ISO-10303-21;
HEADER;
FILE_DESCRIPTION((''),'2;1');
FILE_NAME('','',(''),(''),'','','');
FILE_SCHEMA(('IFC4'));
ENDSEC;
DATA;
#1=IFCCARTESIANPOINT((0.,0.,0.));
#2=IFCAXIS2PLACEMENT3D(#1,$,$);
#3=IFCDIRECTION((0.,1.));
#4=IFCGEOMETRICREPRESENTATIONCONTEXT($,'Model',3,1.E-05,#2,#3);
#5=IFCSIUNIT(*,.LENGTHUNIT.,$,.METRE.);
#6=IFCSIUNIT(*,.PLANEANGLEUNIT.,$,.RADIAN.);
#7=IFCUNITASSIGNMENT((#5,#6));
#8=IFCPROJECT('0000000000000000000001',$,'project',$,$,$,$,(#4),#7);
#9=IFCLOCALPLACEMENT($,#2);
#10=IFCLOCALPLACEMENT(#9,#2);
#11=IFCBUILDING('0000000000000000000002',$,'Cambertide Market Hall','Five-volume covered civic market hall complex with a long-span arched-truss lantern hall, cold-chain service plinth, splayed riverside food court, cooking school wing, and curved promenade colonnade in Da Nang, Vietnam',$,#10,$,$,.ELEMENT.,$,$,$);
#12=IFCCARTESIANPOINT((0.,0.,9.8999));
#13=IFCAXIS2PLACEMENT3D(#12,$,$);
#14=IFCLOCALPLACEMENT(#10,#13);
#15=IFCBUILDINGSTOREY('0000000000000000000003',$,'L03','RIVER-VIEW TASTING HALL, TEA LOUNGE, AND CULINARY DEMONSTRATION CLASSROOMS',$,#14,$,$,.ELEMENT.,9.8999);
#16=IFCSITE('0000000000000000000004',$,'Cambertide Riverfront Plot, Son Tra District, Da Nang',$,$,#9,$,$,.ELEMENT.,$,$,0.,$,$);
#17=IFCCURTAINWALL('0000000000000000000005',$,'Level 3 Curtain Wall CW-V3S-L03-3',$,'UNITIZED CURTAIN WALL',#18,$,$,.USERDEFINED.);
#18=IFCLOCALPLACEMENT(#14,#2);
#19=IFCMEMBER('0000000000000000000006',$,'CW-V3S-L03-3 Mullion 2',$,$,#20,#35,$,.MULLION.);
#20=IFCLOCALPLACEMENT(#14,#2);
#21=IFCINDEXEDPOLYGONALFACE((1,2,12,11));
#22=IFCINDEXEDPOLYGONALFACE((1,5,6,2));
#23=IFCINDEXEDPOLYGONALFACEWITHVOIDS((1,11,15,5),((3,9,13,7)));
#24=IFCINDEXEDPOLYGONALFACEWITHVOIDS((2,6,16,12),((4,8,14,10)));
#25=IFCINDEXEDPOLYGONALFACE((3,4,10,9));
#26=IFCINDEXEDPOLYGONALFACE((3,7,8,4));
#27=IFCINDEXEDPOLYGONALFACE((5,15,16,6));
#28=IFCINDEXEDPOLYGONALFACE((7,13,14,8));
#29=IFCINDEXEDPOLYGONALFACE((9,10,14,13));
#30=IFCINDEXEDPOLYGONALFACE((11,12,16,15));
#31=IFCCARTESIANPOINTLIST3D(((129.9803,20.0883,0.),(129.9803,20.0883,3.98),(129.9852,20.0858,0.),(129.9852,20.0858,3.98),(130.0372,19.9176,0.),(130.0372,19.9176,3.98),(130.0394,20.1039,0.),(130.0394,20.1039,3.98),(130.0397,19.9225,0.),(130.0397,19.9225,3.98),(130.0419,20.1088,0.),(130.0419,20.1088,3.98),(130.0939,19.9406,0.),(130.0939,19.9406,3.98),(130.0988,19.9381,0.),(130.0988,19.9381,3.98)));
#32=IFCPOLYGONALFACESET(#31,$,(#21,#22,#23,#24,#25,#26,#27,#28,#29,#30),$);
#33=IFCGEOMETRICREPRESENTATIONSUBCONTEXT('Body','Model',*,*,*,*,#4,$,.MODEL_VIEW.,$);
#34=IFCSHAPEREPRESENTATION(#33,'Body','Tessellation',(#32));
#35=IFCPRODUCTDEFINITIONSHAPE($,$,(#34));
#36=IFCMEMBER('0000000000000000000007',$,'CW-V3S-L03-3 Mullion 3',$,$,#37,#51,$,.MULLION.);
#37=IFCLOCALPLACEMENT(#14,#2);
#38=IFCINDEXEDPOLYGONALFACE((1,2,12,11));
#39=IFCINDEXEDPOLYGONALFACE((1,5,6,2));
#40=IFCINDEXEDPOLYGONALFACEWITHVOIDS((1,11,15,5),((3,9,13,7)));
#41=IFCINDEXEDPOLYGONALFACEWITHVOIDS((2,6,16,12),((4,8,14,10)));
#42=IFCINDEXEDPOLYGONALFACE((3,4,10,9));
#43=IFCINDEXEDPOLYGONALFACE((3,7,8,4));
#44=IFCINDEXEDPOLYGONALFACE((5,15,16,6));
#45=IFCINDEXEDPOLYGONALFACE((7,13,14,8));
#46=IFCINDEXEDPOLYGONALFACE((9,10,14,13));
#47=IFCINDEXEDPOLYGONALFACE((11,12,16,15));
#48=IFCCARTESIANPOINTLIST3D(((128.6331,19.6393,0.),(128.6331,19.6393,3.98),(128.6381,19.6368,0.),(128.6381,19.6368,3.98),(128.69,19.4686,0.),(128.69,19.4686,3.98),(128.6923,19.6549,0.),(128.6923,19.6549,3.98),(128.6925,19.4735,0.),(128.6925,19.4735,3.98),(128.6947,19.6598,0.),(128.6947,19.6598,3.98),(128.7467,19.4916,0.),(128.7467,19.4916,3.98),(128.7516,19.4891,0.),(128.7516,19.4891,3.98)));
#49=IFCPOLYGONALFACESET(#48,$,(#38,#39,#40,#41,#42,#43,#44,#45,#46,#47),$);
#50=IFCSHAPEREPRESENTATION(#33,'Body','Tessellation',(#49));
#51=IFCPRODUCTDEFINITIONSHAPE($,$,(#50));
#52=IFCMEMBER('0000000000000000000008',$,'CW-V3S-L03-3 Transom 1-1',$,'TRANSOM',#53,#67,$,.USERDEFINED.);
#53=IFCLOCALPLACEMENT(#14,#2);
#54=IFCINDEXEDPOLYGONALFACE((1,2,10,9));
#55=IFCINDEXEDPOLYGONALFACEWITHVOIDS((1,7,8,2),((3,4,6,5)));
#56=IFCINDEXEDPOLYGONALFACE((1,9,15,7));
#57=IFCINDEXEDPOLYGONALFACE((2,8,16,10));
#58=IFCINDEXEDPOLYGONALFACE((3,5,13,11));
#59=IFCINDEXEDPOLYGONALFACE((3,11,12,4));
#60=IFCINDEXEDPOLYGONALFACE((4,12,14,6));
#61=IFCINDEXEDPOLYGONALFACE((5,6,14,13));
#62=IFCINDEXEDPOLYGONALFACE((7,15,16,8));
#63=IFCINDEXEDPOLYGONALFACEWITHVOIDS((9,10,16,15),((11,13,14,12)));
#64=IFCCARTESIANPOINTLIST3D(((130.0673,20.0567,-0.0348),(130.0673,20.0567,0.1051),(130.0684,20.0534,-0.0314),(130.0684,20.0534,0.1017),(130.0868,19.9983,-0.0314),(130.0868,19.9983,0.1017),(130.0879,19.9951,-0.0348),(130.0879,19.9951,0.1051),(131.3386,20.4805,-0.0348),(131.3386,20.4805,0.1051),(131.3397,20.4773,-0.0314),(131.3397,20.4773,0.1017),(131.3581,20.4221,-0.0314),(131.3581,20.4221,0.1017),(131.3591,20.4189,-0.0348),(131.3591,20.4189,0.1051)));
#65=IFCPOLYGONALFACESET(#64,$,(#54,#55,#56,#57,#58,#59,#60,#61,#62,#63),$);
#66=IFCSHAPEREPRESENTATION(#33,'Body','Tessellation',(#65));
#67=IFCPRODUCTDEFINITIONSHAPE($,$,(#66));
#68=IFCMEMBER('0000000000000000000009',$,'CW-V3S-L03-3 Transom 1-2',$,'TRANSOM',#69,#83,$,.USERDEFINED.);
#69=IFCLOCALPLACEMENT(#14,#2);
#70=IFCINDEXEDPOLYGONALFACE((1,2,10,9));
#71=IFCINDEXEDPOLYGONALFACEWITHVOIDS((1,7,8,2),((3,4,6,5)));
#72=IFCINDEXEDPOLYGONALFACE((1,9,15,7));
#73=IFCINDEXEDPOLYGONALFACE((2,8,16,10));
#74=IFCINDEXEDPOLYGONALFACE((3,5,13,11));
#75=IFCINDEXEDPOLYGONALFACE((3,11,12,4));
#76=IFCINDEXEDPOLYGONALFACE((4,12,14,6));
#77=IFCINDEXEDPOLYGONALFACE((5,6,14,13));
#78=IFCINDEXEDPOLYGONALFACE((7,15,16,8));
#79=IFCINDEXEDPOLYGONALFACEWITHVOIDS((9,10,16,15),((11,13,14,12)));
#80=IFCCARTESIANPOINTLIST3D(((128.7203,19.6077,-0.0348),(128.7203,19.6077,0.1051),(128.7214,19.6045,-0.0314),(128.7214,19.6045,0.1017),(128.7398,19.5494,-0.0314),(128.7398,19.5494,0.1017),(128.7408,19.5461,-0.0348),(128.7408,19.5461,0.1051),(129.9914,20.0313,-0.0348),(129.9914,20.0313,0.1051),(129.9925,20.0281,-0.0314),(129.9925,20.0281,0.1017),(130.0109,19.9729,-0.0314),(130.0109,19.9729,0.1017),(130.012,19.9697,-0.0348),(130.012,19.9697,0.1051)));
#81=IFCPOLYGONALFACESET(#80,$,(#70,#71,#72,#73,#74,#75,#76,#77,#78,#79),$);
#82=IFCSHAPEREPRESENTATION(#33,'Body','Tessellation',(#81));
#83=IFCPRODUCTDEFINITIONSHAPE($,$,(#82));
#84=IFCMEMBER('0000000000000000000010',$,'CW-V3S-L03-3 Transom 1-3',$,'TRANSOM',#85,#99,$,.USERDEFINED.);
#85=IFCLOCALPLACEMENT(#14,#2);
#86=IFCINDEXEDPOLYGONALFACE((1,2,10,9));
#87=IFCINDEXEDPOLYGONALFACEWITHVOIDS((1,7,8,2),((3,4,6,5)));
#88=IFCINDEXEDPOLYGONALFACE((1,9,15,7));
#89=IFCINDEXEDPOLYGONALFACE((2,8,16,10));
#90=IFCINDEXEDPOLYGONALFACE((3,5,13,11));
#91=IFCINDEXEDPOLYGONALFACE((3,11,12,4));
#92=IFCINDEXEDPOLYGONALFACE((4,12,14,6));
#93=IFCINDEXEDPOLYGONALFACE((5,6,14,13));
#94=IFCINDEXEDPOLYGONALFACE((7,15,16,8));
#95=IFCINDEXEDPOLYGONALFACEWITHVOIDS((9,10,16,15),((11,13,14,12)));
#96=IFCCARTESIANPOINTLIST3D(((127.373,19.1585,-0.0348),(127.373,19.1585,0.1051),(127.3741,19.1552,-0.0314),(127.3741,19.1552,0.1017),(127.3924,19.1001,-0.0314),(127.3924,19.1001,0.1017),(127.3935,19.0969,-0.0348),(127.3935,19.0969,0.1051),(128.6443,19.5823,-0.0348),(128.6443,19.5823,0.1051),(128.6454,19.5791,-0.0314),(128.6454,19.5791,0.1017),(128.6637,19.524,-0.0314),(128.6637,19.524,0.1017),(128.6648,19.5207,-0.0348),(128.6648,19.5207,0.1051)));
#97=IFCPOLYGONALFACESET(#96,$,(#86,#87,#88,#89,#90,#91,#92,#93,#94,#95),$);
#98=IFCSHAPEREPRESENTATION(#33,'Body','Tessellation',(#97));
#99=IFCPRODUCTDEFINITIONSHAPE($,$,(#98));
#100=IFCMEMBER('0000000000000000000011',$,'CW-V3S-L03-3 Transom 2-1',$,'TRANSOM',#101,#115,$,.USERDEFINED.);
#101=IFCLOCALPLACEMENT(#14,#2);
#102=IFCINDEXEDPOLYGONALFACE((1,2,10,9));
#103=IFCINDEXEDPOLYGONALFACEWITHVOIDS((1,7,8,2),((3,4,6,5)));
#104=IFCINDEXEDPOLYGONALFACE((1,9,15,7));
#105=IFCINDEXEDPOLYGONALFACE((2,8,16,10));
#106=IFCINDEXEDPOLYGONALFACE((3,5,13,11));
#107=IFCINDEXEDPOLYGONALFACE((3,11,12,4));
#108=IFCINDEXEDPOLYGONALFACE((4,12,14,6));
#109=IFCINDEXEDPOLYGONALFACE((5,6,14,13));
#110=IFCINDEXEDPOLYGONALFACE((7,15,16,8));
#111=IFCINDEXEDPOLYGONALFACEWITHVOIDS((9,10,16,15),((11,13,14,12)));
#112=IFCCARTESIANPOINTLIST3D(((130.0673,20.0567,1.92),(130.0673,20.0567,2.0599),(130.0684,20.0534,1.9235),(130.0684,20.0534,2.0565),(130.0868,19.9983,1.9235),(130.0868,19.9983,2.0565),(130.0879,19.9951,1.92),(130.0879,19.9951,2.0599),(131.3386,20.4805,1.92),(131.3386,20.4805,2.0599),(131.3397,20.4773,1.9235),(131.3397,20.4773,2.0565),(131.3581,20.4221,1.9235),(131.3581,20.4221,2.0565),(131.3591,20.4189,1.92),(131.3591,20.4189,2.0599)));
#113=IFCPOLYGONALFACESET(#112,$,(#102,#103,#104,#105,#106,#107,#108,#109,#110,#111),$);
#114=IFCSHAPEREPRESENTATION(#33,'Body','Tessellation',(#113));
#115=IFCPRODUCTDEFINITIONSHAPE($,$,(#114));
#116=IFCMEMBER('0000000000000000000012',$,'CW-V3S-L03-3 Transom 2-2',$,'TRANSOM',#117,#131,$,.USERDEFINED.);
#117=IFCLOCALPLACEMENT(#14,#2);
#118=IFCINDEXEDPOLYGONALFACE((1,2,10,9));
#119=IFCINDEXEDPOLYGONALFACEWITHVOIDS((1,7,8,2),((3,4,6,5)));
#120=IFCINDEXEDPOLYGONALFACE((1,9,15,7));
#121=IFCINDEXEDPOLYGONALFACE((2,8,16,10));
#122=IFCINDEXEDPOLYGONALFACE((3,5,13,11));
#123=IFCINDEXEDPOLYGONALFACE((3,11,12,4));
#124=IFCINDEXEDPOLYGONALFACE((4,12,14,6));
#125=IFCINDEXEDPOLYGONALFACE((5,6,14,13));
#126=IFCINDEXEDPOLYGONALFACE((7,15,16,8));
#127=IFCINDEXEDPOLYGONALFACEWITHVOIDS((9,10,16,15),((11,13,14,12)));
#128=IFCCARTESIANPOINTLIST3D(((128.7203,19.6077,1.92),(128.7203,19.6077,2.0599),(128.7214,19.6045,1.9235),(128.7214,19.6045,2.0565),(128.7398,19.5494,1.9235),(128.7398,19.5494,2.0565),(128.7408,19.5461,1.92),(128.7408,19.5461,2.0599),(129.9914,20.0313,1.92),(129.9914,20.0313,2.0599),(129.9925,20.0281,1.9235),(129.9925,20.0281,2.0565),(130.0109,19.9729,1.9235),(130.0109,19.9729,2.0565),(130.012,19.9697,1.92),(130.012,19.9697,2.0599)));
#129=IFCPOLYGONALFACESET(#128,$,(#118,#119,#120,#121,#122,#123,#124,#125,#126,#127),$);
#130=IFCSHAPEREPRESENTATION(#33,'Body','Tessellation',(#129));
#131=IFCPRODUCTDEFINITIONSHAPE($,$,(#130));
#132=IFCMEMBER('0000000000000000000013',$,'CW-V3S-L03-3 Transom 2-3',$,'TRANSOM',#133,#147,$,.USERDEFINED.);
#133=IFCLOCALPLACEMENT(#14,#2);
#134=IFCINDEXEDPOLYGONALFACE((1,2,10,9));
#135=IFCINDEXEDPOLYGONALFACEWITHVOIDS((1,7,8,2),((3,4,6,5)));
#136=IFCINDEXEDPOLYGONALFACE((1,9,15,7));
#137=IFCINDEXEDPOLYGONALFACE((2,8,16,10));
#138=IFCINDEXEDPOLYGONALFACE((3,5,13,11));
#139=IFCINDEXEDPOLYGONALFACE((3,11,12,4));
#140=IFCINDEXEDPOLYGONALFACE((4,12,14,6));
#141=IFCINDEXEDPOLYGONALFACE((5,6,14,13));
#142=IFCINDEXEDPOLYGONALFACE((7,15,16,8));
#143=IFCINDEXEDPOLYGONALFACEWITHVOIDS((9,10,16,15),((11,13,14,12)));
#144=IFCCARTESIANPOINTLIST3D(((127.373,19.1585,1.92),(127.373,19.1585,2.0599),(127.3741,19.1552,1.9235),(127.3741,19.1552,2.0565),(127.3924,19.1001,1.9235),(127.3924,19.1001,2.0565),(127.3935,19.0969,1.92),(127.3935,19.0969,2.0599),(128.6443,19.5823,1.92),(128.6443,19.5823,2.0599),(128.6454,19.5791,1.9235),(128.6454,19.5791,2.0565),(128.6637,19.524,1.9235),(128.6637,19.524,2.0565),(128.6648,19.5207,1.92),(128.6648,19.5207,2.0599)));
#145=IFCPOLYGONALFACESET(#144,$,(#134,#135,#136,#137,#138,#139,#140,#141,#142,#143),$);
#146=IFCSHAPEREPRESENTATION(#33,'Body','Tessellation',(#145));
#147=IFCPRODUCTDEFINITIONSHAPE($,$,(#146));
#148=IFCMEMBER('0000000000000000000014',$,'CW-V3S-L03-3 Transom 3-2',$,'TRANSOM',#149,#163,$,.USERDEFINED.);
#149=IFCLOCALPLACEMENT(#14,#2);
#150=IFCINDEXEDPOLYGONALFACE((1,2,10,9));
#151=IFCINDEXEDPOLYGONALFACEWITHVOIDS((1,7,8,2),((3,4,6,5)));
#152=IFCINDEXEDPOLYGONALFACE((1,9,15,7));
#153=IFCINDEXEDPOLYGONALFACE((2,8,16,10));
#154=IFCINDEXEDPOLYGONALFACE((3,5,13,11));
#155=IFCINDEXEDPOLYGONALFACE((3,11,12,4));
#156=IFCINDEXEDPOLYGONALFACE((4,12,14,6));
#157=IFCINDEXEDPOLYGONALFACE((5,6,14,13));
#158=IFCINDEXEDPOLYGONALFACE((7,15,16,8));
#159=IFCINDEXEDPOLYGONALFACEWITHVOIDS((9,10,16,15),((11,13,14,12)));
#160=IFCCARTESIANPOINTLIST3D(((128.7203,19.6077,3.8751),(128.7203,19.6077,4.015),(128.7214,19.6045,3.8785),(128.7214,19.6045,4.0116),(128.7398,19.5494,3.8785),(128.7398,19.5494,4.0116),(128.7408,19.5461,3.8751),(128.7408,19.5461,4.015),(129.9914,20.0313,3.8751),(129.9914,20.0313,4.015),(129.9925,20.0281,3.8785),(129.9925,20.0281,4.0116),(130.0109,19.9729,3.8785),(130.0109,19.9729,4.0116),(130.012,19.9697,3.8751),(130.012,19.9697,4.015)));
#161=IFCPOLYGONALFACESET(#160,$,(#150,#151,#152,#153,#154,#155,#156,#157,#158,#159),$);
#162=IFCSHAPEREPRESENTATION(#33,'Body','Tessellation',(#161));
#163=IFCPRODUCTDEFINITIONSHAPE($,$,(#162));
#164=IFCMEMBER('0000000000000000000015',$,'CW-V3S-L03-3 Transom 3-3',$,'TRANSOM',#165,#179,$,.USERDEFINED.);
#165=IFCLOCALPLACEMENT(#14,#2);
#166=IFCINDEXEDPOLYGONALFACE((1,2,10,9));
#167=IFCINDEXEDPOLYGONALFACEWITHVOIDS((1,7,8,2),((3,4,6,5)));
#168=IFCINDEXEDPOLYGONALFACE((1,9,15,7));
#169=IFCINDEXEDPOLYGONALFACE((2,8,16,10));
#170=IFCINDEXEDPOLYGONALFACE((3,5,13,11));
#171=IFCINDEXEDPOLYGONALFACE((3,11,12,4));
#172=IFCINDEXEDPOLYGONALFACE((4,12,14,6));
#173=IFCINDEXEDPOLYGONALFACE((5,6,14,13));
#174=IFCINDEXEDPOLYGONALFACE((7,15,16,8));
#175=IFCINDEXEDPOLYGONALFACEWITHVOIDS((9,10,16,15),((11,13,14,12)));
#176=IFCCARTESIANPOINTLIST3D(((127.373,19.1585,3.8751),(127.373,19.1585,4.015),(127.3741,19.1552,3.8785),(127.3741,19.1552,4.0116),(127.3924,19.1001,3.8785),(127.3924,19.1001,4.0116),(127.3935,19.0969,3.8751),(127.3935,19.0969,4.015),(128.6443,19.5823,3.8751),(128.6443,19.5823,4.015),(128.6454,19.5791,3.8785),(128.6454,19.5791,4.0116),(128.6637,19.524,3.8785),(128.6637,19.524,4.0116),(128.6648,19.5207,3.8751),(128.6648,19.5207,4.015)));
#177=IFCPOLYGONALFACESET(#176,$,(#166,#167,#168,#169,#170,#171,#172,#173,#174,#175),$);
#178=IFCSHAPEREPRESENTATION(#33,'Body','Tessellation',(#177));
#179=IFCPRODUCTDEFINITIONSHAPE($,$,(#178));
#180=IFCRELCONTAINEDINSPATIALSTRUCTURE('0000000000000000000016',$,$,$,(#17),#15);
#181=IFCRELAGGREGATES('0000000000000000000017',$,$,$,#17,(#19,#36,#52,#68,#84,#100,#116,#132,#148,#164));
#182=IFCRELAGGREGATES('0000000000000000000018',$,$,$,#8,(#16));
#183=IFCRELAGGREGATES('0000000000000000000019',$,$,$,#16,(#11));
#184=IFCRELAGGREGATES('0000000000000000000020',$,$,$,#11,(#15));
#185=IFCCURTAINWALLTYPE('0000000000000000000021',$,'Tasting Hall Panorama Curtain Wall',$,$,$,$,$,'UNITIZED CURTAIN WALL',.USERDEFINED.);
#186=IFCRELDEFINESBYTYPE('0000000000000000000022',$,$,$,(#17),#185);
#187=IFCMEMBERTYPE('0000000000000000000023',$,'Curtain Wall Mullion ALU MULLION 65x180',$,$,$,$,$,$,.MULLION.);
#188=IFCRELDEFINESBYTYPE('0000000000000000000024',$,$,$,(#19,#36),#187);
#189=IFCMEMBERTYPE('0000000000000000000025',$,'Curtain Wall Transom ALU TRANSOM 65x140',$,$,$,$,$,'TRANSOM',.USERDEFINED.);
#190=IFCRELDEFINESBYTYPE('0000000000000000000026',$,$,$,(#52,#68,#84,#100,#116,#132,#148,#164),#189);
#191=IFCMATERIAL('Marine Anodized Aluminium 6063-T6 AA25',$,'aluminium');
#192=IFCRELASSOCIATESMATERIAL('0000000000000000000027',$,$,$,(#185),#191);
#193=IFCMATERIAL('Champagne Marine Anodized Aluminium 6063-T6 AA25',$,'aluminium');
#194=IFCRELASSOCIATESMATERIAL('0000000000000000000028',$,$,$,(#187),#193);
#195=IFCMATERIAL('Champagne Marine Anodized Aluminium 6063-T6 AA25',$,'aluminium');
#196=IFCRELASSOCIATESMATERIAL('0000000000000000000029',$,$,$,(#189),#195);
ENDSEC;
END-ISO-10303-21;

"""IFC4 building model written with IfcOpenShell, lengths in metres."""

from ifc_helpers import new_model, si_unit, direction, frame, origin, origin_2d, place, context, subcontext, project, spatial, hollow_rectangle, extrude, material, material_profile, profile_set, type_object, element, aggregate, save


model = new_model("IFC4")

# Units and contexts
model_context = context("Model", 3, precision=1e-05, world=origin(), true_north=direction((0.0, 1.0)))
body_context = subcontext(model_context, "Body", "Model", "MODEL_VIEW")
ifc_project = project(units=[si_unit("LENGTHUNIT", "METRE"), si_unit("PLANEANGLEUNIT", "RADIAN")], contexts=[model_context])

# Site, building, storey
site_placement = place(None, origin())
site = spatial("IfcSite", under=ifc_project, at=site_placement, Name="Cambertide Riverfront Plot, Son Tra District, Da Nang", CompositionType="ELEMENT", RefElevation=0.0)
building_placement = place(site_placement, origin())
building = spatial("IfcBuilding", under=site, at=building_placement, Name="Cambertide Market Hall", Description="Five-volume covered civic market hall complex with a long-span arched-truss lantern hall, cold-chain service plinth, splayed riverside food court, cooking school wing, and curved promenade colonnade in Da Nang, Vietnam", CompositionType="ELEMENT")
storey_placement = place(building_placement, frame((0.0, 0.0, 9.8999)))
storey = spatial("IfcBuildingStorey", under=building, at=storey_placement, Name="L03", Description="RIVER-VIEW TASTING HALL, TEA LOUNGE, AND CULINARY DEMONSTRATION CLASSROOMS", CompositionType="ELEMENT", Elevation=9.8999)

# Curtain wall, members
ifc_material_1 = material(Name="Marine Anodized Aluminium 6063-T6 AA25", Category="aluminium")
curtain_wall_type = type_object("IfcCurtainWallType", Name="Tasting Hall Panorama Curtain Wall", ElementType="UNITIZED CURTAIN WALL", PredefinedType="USERDEFINED", material=ifc_material_1)
curtain_wall_placement = place(storey_placement, origin())
curtain_wall = element("IfcCurtainWall", 1, at=curtain_wall_placement, inside=storey, type_object=curtain_wall_type, Name="Level 3 Curtain Wall CW-V3S-L03-3", ObjectType="UNITIZED CURTAIN WALL", PredefinedType="USERDEFINED")
ifc_material_2 = material(Name="Champagne Marine Anodized Aluminium 6063-T6 AA25", Category="aluminium")
ifc_material_profile_1 = material_profile(ifc_material_2, hollow_rectangle(XDim=0.0649, YDim=0.1799, WallThickness=0.0039, at=origin_2d()), Name="ALU MULLION 65x180")
ifc_profile_set_1 = profile_set([ifc_material_profile_1], Name="Champagne Marine Anodized Aluminium 6063-T6 AA25")
member_type_1 = type_object("IfcMemberType", Name="Curtain Wall Mullion ALU MULLION 65x180", PredefinedType="MULLION", material=ifc_profile_set_1)
member_1_placement = place(storey_placement, frame((130.0396, 20.0132, 0.0), z_axis=(0.0, 0.0, 1.0), x_axis=(-0.948683, -0.316228, 0.0)))
member_1 = element("IfcMember", 2, at=member_1_placement, type_object=member_type_1, Name="CW-V3S-L03-3 Mullion 2", PredefinedType="MULLION", context=body_context, shape_type="SweptSolid", body=[
    extrude(hollow_rectangle(XDim=0.0649, YDim=0.1799, WallThickness=0.0039, at=origin_2d()), origin(), (0.0, 0.0, 1.0), 3.98),
])
member_2_placement = place(storey_placement, frame((128.6924, 19.5642, 0.0), z_axis=(0.0, 0.0, 1.0), x_axis=(-0.948683, -0.316228, 0.0)))
member_2 = element("IfcMember", 3, at=member_2_placement, type_object=member_type_1, Name="CW-V3S-L03-3 Mullion 3", PredefinedType="MULLION", context=body_context, shape_type="SweptSolid", body=[
    extrude(hollow_rectangle(XDim=0.0649, YDim=0.1799, WallThickness=0.0039, at=origin_2d()), origin(), (0.0, 0.0, 1.0), 3.98),
])
ifc_material_3 = material(Name="Champagne Marine Anodized Aluminium 6063-T6 AA25", Category="aluminium")
ifc_material_profile_2 = material_profile(ifc_material_3, hollow_rectangle(XDim=0.0649, YDim=0.1399, WallThickness=0.0034, at=origin_2d()), Name="ALU TRANSOM 65x140")
ifc_profile_set_2 = profile_set([ifc_material_profile_2], Name="Champagne Marine Anodized Aluminium 6063-T6 AA25")
member_type_2 = type_object("IfcMemberType", Name="Curtain Wall Transom ALU TRANSOM 65x140", ElementType="TRANSOM", PredefinedType="USERDEFINED", material=ifc_profile_set_2)
member_3_placement = place(storey_placement, frame((131.3489, 20.4497, 0.0352), z_axis=(-0.948665, -0.316282, 0.0), x_axis=(0.316282, -0.948665, 0.0)))
member_3 = element("IfcMember", 4, at=member_3_placement, type_object=member_type_2, Name="CW-V3S-L03-3 Transom 1-1", ObjectType="TRANSOM", PredefinedType="USERDEFINED", context=body_context, shape_type="SweptSolid", body=[
    extrude(hollow_rectangle(XDim=0.0649, YDim=0.1399, WallThickness=0.0034, at=origin_2d()), origin(), (0.0, 0.0, 1.0), 1.3401),
])
member_4_placement = place(storey_placement, frame((130.0017, 20.0005, 0.0352), z_axis=(-0.94872, -0.316118, 0.0), x_axis=(0.316118, -0.94872, 0.0)))
member_4 = element("IfcMember", 5, at=member_4_placement, type_object=member_type_2, Name="CW-V3S-L03-3 Transom 1-2", ObjectType="TRANSOM", PredefinedType="USERDEFINED", context=body_context, shape_type="SweptSolid", body=[
    extrude(hollow_rectangle(XDim=0.0649, YDim=0.1399, WallThickness=0.0034, at=origin_2d()), origin(), (0.0, 0.0, 1.0), 1.3398),
])
member_5_placement = place(storey_placement, frame((128.6545, 19.5515, 0.0352), z_axis=(-0.948665, -0.316282, 0.0), x_axis=(0.316282, -0.948665, 0.0)))
member_5 = element("IfcMember", 6, at=member_5_placement, type_object=member_type_2, Name="CW-V3S-L03-3 Transom 1-3", ObjectType="TRANSOM", PredefinedType="USERDEFINED", context=body_context, shape_type="SweptSolid", body=[
    extrude(hollow_rectangle(XDim=0.0649, YDim=0.1399, WallThickness=0.0034, at=origin_2d()), origin(), (0.0, 0.0, 1.0), 1.3401),
])
member_6_placement = place(storey_placement, frame((131.3489, 20.4497, 1.99), z_axis=(-0.948665, -0.316282, 0.0), x_axis=(0.316282, -0.948665, 0.0)))
member_6 = element("IfcMember", 7, at=member_6_placement, type_object=member_type_2, Name="CW-V3S-L03-3 Transom 2-1", ObjectType="TRANSOM", PredefinedType="USERDEFINED", context=body_context, shape_type="SweptSolid", body=[
    extrude(hollow_rectangle(XDim=0.0649, YDim=0.1399, WallThickness=0.0034, at=origin_2d()), origin(), (0.0, 0.0, 1.0), 1.3401),
])
member_7_placement = place(storey_placement, frame((130.0017, 20.0005, 1.99), z_axis=(-0.94872, -0.316118, 0.0), x_axis=(0.316118, -0.94872, 0.0)))
member_7 = element("IfcMember", 8, at=member_7_placement, type_object=member_type_2, Name="CW-V3S-L03-3 Transom 2-2", ObjectType="TRANSOM", PredefinedType="USERDEFINED", context=body_context, shape_type="SweptSolid", body=[
    extrude(hollow_rectangle(XDim=0.0649, YDim=0.1399, WallThickness=0.0034, at=origin_2d()), origin(), (0.0, 0.0, 1.0), 1.3398),
])
member_8_placement = place(storey_placement, frame((128.6545, 19.5515, 1.99), z_axis=(-0.948665, -0.316282, 0.0), x_axis=(0.316282, -0.948665, 0.0)))
member_8 = element("IfcMember", 9, at=member_8_placement, type_object=member_type_2, Name="CW-V3S-L03-3 Transom 2-3", ObjectType="TRANSOM", PredefinedType="USERDEFINED", context=body_context, shape_type="SweptSolid", body=[
    extrude(hollow_rectangle(XDim=0.0649, YDim=0.1399, WallThickness=0.0034, at=origin_2d()), origin(), (0.0, 0.0, 1.0), 1.3401),
])
member_9_placement = place(storey_placement, frame((130.0017, 20.0005, 3.9451), z_axis=(-0.94872, -0.316118, 0.0), x_axis=(0.316118, -0.94872, 0.0)))
member_9 = element("IfcMember", 10, at=member_9_placement, type_object=member_type_2, Name="CW-V3S-L03-3 Transom 3-2", ObjectType="TRANSOM", PredefinedType="USERDEFINED", context=body_context, shape_type="SweptSolid", body=[
    extrude(hollow_rectangle(XDim=0.0649, YDim=0.1399, WallThickness=0.0034, at=origin_2d()), origin(), (0.0, 0.0, 1.0), 1.3398),
])
member_10_placement = place(storey_placement, frame((128.6545, 19.5515, 3.9451), z_axis=(-0.948665, -0.316282, 0.0), x_axis=(0.316282, -0.948665, 0.0)))
member_10 = element("IfcMember", 11, at=member_10_placement, type_object=member_type_2, Name="CW-V3S-L03-3 Transom 3-3", ObjectType="TRANSOM", PredefinedType="USERDEFINED", context=body_context, shape_type="SweptSolid", body=[
    extrude(hollow_rectangle(XDim=0.0649, YDim=0.1399, WallThickness=0.0034, at=origin_2d()), origin(), (0.0, 0.0, 1.0), 1.3401),
])

aggregate(curtain_wall, [member_1, member_2, member_3, member_4, member_5, member_6, member_7, member_8, member_9, member_10])

save(model, "model.ifc")
